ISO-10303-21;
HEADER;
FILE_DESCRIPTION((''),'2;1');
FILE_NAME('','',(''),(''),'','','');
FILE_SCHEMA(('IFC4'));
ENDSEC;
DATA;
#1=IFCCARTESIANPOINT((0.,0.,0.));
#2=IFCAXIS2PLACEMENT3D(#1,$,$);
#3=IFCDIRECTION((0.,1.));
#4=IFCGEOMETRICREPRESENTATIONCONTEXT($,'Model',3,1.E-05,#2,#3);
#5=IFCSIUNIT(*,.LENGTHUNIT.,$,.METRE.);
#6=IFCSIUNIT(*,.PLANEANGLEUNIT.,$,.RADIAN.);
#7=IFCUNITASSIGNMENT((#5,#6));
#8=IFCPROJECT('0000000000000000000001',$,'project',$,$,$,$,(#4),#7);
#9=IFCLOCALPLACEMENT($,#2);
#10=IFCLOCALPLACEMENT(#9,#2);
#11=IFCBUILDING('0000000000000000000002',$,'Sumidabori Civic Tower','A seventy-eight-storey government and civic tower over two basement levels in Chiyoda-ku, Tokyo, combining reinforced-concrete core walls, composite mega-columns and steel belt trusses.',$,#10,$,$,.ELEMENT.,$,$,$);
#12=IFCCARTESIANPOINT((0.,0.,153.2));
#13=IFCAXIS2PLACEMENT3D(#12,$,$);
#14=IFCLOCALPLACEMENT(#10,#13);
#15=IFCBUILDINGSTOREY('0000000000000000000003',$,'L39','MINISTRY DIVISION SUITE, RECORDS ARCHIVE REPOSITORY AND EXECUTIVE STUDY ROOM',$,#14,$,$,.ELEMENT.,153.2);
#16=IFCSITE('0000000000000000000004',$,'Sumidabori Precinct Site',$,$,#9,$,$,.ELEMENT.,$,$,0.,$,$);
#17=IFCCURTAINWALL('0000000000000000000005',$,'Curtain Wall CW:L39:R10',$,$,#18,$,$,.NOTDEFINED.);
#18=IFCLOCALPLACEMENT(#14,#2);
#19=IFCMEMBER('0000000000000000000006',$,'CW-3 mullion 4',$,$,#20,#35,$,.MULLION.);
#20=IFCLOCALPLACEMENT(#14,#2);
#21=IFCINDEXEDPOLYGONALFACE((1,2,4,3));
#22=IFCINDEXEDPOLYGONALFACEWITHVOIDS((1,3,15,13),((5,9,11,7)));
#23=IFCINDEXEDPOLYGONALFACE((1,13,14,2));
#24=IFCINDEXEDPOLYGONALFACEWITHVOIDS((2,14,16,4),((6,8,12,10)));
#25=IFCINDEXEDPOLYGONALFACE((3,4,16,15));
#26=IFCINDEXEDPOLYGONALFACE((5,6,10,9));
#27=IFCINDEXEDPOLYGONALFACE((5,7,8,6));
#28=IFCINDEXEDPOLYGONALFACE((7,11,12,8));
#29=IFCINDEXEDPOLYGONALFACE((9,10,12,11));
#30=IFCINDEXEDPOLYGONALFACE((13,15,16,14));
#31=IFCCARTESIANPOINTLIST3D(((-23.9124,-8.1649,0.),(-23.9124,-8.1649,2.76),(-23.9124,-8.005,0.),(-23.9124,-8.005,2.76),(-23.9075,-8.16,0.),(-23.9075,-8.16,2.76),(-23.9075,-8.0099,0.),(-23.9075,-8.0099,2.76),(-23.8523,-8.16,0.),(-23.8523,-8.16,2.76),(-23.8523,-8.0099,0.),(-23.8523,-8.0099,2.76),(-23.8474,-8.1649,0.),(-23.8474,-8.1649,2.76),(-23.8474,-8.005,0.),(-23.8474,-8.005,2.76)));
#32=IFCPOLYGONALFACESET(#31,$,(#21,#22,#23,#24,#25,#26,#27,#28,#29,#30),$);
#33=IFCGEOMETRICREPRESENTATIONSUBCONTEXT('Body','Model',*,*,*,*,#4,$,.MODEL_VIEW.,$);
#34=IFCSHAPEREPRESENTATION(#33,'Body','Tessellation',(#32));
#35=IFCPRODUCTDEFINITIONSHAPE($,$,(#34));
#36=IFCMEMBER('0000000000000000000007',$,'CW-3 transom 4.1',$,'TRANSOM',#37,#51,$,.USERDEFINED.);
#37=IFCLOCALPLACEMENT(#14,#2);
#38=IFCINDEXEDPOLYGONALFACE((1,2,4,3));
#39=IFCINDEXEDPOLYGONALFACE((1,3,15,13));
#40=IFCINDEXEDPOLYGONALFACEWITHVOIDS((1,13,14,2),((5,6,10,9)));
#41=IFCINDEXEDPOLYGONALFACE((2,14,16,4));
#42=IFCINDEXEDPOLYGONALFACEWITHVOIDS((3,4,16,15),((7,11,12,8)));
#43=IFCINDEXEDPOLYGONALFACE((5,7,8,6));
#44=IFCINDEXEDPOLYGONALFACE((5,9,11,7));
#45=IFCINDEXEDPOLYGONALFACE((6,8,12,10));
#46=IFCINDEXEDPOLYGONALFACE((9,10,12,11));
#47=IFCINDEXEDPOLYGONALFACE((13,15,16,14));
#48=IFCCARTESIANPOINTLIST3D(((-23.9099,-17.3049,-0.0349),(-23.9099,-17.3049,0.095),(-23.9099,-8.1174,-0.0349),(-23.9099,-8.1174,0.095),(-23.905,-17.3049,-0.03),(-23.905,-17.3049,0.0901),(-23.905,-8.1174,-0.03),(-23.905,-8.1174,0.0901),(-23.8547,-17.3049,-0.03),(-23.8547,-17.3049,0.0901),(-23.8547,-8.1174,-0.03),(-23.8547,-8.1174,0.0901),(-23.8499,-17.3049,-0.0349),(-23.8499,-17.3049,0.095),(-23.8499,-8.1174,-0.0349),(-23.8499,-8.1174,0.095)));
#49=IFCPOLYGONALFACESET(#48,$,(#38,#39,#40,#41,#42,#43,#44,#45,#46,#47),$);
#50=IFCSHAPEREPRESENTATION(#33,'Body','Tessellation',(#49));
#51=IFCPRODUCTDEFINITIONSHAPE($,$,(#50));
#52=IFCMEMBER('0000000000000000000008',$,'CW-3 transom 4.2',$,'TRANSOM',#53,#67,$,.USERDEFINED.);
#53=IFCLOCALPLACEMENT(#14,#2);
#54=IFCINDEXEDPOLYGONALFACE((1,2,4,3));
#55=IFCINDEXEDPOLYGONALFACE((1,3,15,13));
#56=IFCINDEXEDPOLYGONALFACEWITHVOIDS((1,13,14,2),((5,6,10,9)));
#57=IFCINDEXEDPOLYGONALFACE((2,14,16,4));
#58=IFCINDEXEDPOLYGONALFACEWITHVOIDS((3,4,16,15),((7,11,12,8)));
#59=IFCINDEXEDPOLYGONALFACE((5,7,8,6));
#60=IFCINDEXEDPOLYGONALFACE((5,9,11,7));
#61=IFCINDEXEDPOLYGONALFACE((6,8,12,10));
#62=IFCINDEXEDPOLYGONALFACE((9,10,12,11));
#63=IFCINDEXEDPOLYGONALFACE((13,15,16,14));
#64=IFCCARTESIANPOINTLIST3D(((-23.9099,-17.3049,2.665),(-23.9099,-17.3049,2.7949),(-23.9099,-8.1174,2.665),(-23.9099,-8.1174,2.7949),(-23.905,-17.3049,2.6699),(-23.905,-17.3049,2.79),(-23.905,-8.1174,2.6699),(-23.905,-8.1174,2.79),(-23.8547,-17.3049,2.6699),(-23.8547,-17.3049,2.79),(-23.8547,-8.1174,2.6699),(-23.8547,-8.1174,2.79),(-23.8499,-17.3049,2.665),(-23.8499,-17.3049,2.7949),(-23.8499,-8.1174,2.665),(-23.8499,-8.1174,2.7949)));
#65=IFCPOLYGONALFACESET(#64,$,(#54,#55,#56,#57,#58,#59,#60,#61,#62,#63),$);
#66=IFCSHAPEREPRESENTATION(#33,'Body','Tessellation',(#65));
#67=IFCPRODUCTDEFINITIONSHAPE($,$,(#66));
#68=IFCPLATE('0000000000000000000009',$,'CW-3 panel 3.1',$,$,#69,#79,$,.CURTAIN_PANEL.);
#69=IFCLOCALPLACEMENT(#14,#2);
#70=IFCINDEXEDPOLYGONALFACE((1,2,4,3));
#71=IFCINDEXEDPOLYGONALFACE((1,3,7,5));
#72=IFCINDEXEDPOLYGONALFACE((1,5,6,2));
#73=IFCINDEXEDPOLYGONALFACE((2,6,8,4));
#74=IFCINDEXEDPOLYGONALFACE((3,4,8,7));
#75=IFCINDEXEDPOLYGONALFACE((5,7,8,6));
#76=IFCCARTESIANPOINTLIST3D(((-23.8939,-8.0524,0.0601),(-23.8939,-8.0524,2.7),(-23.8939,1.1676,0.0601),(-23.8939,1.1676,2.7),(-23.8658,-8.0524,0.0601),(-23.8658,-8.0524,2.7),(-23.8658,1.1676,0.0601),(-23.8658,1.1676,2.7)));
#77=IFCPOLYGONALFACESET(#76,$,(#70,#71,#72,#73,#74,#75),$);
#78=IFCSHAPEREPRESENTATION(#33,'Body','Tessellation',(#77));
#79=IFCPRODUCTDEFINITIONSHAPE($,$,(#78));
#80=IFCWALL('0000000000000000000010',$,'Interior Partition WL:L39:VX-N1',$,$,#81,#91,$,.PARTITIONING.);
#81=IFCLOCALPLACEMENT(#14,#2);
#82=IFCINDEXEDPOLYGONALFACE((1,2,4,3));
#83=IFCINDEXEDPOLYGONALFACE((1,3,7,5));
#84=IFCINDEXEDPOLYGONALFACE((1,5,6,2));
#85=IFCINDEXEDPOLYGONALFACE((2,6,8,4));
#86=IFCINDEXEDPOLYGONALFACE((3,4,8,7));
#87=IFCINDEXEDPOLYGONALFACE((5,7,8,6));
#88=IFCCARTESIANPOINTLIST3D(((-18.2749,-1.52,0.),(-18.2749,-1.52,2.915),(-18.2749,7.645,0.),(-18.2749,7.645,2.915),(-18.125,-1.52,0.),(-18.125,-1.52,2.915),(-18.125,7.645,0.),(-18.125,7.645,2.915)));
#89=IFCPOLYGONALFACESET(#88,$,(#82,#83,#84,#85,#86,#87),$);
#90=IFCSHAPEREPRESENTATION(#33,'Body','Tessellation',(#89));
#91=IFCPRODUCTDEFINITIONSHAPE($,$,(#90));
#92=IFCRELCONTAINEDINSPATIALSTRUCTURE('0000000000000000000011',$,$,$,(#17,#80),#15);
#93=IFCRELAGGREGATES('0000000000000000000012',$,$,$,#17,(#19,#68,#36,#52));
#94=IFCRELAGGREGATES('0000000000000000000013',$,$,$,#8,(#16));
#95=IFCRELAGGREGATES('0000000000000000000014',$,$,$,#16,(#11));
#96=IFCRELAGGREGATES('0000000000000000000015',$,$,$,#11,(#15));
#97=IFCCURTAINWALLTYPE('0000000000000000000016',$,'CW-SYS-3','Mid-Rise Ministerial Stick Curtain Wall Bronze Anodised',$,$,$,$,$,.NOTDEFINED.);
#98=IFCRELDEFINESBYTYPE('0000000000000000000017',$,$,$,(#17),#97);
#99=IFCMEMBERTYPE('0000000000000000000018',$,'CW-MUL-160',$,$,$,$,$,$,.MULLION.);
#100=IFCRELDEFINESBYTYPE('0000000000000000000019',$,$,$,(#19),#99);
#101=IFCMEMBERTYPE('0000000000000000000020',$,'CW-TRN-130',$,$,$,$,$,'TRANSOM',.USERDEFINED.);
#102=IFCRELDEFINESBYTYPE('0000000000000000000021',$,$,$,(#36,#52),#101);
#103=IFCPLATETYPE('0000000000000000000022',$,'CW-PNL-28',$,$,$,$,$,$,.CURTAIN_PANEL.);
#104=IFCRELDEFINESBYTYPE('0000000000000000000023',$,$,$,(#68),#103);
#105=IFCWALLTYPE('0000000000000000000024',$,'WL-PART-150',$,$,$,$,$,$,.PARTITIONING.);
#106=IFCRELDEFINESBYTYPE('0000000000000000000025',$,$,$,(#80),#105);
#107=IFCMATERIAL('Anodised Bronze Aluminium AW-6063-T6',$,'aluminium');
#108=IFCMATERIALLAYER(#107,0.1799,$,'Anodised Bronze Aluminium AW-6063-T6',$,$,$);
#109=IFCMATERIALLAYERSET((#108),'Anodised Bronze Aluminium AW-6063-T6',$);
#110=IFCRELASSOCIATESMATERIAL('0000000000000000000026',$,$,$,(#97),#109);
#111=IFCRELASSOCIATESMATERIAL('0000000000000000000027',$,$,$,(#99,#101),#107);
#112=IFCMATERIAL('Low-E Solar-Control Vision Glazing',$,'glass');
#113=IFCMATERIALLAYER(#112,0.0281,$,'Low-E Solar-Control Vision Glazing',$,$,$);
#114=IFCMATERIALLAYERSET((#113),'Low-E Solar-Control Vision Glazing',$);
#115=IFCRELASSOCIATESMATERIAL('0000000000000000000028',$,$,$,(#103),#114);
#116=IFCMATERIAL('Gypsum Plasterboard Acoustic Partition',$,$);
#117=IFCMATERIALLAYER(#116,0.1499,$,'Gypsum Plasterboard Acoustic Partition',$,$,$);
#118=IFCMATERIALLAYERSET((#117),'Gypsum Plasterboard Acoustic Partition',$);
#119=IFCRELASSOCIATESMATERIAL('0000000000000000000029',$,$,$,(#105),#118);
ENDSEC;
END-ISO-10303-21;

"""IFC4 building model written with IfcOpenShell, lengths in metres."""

from ifc_helpers import new_model, si_unit, direction, frame, frame_2d, origin, origin_2d, place, context, subcontext, project, spatial, rectangle, hollow_rectangle, extrude, source, transform, mapped, material, layer, layer_set, material_profile, profile_set, type_object, element, aggregate, save


model = new_model("IFC4")

# Units and contexts
model_context = context("Model", 3, precision=1e-05, world=origin(), true_north=direction((0.0, 1.0)))
body_context = subcontext(model_context, "Body", "Model", "MODEL_VIEW")
ifc_project = project(units=[si_unit("LENGTHUNIT", "METRE"), si_unit("PLANEANGLEUNIT", "RADIAN")], contexts=[model_context])

# Site, building, storey
site_placement = place(None, origin())
site = spatial("IfcSite", under=ifc_project, at=site_placement, Name="Sumidabori Precinct Site", CompositionType="ELEMENT", RefElevation=0.0)
building_placement = place(site_placement, origin())
building = spatial("IfcBuilding", under=site, at=building_placement, Name="Sumidabori Civic Tower", Description="A seventy-eight-storey government and civic tower over two basement levels in Chiyoda-ku, Tokyo, combining reinforced-concrete core walls, composite mega-columns and steel belt trusses.", CompositionType="ELEMENT")
storey_placement = place(building_placement, frame((0.0, 0.0, 153.2)))
storey = spatial("IfcBuildingStorey", under=building, at=storey_placement, Name="L39", Description="MINISTRY DIVISION SUITE, RECORDS ARCHIVE REPOSITORY AND EXECUTIVE STUDY ROOM", CompositionType="ELEMENT", Elevation=153.2)

# Curtain wall, members, plate
ifc_material_1 = material(Name="Anodised Bronze Aluminium AW-6063-T6", Category="aluminium")
ifc_layer_1 = layer(ifc_material_1, 0.1799, Name="Anodised Bronze Aluminium AW-6063-T6")
ifc_layer_set_1 = layer_set([ifc_layer_1], Name="Anodised Bronze Aluminium AW-6063-T6")
curtain_wall_type = type_object("IfcCurtainWallType", Name="CW-SYS-3", Description="Mid-Rise Ministerial Stick Curtain Wall Bronze Anodised", PredefinedType="NOTDEFINED", material=ifc_layer_set_1)
curtain_wall_placement = place(storey_placement, origin())
curtain_wall = element("IfcCurtainWall", 1, at=curtain_wall_placement, inside=storey, type_object=curtain_wall_type, Name="Curtain Wall CW:L39:R10", PredefinedType="NOTDEFINED")
ifc_material_profile_1 = material_profile(ifc_material_1, hollow_rectangle(XDim=0.0649, YDim=0.1599, WallThickness=0.0049, at=origin_2d()), Name="ALU MULLION 160x65")
ifc_profile_set_1 = profile_set([ifc_material_profile_1], Name="Anodised Bronze Aluminium AW-6063-T6")
member_type_1 = type_object("IfcMemberType", Name="CW-MUL-160", PredefinedType="MULLION", material=ifc_profile_set_1)
shared_shape_1 = source(origin(), body_context, "Body", "SweptSolid", [
    extrude(hollow_rectangle(XDim=0.0649, YDim=0.1599, WallThickness=0.0049, at=origin_2d()), origin(), (0.0, 0.0, 1.0), 2.76),
])
member_1_placement = place(storey_placement, frame((-23.8799, -8.085, 0.0), z_axis=(0.0, 0.0, 1.0), x_axis=(1.0, 0.0, 0.0)))
member_1 = element("IfcMember", 2, at=member_1_placement, type_object=member_type_1, Name="CW-3 mullion 4", PredefinedType="MULLION", context=body_context, shape_type="MappedRepresentation", body=[
    mapped(shared_shape_1, transform((0.0, 0.0, 0.0), x_axis=(1.0, 0.0, 0.0), y_axis=(0.0, 1.0, 0.0), z_axis=(0.0, 0.0, 1.0), scale=1.0)),
])
ifc_material_profile_2 = material_profile(ifc_material_1, hollow_rectangle(XDim=0.0601, YDim=0.1299, WallThickness=0.0049, at=origin_2d()), Name="ALU TRANSOM 130x60")
ifc_profile_set_2 = profile_set([ifc_material_profile_2], Name="Anodised Bronze Aluminium AW-6063-T6")
member_type_2 = type_object("IfcMemberType", Name="CW-TRN-130", ElementType="TRANSOM", PredefinedType="USERDEFINED", material=ifc_profile_set_2)
shared_shape_2 = source(origin(), body_context, "Body", "SweptSolid", [
    extrude(hollow_rectangle(XDim=0.0601, YDim=0.1299, WallThickness=0.0049, at=origin_2d()), origin(), (0.0, 0.0, 1.0), 9.1875),
])
member_2_placement = place(storey_placement, frame((-23.8799, -8.1174, 0.03), z_axis=(0.0, -1.0, 0.0), x_axis=(1.0, 0.0, 0.0)))
member_2 = element("IfcMember", 3, at=member_2_placement, type_object=member_type_2, Name="CW-3 transom 4.1", ObjectType="TRANSOM", PredefinedType="USERDEFINED", context=body_context, shape_type="MappedRepresentation", body=[
    mapped(shared_shape_2, transform((0.0, 0.0, 0.0), x_axis=(1.0, 0.0, 0.0), y_axis=(0.0, 1.0, 0.0), z_axis=(0.0, 0.0, 1.0), scale=1.0)),
])
member_3_placement = place(storey_placement, frame((-23.8799, -8.1174, 2.73), z_axis=(0.0, -1.0, 0.0), x_axis=(1.0, 0.0, 0.0)))
member_3 = element("IfcMember", 4, at=member_3_placement, type_object=member_type_2, Name="CW-3 transom 4.2", ObjectType="TRANSOM", PredefinedType="USERDEFINED", context=body_context, shape_type="MappedRepresentation", body=[
    mapped(shared_shape_2, transform((0.0, 0.0, 0.0), x_axis=(1.0, 0.0, 0.0), y_axis=(0.0, 1.0, 0.0), z_axis=(0.0, 0.0, 1.0), scale=1.0)),
])
ifc_material_2 = material(Name="Low-E Solar-Control Vision Glazing", Category="glass")
ifc_layer_2 = layer(ifc_material_2, 0.0281, Name="Low-E Solar-Control Vision Glazing")
ifc_layer_set_2 = layer_set([ifc_layer_2], Name="Low-E Solar-Control Vision Glazing")
plate_type = type_object("IfcPlateType", Name="CW-PNL-28", PredefinedType="CURTAIN_PANEL", material=ifc_layer_set_2)
shared_shape_3 = source(origin(), body_context, "Body", "SweptSolid", [
    extrude(rectangle(XDim=9.22, YDim=0.0281, at=origin_2d()), origin(), (0.0, 0.0, 1.0), 2.6399),
])
plate_placement = place(storey_placement, frame((-23.8799, -3.4424, 0.0601), z_axis=(0.0, 0.0, 1.0), x_axis=(0.0, -1.0, 0.0)))
plate = element("IfcPlate", 5, at=plate_placement, type_object=plate_type, Name="CW-3 panel 3.1", PredefinedType="CURTAIN_PANEL", context=body_context, shape_type="MappedRepresentation", body=[
    mapped(shared_shape_3, transform((0.0, 0.0, 0.0), x_axis=(1.0, 0.0, 0.0), y_axis=(0.0, 1.0, 0.0), z_axis=(0.0, 0.0, 1.0), scale=1.0)),
])
aggregate(curtain_wall, [member_1, plate, member_2, member_3])

# Wall
ifc_material_3 = material(Name="Gypsum Plasterboard Acoustic Partition")
ifc_layer_3 = layer(ifc_material_3, 0.1499, Name="Gypsum Plasterboard Acoustic Partition")
ifc_layer_set_3 = layer_set([ifc_layer_3], Name="Gypsum Plasterboard Acoustic Partition")
wall_type = type_object("IfcWallType", Name="WL-PART-150", PredefinedType="PARTITIONING", material=ifc_layer_set_3)
shared_shape_4 = source(origin(), body_context, "Body", "SweptSolid", [
    extrude(rectangle(XDim=9.165, YDim=0.1499, at=frame_2d((4.5825, 0.0))), origin(), (0.0, 0.0, 1.0), 2.915),
])
wall_1_placement = place(storey_placement, frame((-18.2, -1.52, 0.0), z_axis=(0.0, 0.0, 1.0), x_axis=(0.0, 1.0, 0.0)))
element("IfcWall", 6, at=wall_1_placement, inside=storey, type_object=wall_type, Name="Interior Partition WL:L39:VX-N1", PredefinedType="PARTITIONING", context=body_context, shape_type="MappedRepresentation", body=[
    mapped(shared_shape_4, transform((0.0, 0.0, 0.0), x_axis=(1.0, 0.0, 0.0), y_axis=(0.0, 1.0, 0.0), z_axis=(0.0, 0.0, 1.0), scale=1.0)),
])

save(model, "model.ifc")
